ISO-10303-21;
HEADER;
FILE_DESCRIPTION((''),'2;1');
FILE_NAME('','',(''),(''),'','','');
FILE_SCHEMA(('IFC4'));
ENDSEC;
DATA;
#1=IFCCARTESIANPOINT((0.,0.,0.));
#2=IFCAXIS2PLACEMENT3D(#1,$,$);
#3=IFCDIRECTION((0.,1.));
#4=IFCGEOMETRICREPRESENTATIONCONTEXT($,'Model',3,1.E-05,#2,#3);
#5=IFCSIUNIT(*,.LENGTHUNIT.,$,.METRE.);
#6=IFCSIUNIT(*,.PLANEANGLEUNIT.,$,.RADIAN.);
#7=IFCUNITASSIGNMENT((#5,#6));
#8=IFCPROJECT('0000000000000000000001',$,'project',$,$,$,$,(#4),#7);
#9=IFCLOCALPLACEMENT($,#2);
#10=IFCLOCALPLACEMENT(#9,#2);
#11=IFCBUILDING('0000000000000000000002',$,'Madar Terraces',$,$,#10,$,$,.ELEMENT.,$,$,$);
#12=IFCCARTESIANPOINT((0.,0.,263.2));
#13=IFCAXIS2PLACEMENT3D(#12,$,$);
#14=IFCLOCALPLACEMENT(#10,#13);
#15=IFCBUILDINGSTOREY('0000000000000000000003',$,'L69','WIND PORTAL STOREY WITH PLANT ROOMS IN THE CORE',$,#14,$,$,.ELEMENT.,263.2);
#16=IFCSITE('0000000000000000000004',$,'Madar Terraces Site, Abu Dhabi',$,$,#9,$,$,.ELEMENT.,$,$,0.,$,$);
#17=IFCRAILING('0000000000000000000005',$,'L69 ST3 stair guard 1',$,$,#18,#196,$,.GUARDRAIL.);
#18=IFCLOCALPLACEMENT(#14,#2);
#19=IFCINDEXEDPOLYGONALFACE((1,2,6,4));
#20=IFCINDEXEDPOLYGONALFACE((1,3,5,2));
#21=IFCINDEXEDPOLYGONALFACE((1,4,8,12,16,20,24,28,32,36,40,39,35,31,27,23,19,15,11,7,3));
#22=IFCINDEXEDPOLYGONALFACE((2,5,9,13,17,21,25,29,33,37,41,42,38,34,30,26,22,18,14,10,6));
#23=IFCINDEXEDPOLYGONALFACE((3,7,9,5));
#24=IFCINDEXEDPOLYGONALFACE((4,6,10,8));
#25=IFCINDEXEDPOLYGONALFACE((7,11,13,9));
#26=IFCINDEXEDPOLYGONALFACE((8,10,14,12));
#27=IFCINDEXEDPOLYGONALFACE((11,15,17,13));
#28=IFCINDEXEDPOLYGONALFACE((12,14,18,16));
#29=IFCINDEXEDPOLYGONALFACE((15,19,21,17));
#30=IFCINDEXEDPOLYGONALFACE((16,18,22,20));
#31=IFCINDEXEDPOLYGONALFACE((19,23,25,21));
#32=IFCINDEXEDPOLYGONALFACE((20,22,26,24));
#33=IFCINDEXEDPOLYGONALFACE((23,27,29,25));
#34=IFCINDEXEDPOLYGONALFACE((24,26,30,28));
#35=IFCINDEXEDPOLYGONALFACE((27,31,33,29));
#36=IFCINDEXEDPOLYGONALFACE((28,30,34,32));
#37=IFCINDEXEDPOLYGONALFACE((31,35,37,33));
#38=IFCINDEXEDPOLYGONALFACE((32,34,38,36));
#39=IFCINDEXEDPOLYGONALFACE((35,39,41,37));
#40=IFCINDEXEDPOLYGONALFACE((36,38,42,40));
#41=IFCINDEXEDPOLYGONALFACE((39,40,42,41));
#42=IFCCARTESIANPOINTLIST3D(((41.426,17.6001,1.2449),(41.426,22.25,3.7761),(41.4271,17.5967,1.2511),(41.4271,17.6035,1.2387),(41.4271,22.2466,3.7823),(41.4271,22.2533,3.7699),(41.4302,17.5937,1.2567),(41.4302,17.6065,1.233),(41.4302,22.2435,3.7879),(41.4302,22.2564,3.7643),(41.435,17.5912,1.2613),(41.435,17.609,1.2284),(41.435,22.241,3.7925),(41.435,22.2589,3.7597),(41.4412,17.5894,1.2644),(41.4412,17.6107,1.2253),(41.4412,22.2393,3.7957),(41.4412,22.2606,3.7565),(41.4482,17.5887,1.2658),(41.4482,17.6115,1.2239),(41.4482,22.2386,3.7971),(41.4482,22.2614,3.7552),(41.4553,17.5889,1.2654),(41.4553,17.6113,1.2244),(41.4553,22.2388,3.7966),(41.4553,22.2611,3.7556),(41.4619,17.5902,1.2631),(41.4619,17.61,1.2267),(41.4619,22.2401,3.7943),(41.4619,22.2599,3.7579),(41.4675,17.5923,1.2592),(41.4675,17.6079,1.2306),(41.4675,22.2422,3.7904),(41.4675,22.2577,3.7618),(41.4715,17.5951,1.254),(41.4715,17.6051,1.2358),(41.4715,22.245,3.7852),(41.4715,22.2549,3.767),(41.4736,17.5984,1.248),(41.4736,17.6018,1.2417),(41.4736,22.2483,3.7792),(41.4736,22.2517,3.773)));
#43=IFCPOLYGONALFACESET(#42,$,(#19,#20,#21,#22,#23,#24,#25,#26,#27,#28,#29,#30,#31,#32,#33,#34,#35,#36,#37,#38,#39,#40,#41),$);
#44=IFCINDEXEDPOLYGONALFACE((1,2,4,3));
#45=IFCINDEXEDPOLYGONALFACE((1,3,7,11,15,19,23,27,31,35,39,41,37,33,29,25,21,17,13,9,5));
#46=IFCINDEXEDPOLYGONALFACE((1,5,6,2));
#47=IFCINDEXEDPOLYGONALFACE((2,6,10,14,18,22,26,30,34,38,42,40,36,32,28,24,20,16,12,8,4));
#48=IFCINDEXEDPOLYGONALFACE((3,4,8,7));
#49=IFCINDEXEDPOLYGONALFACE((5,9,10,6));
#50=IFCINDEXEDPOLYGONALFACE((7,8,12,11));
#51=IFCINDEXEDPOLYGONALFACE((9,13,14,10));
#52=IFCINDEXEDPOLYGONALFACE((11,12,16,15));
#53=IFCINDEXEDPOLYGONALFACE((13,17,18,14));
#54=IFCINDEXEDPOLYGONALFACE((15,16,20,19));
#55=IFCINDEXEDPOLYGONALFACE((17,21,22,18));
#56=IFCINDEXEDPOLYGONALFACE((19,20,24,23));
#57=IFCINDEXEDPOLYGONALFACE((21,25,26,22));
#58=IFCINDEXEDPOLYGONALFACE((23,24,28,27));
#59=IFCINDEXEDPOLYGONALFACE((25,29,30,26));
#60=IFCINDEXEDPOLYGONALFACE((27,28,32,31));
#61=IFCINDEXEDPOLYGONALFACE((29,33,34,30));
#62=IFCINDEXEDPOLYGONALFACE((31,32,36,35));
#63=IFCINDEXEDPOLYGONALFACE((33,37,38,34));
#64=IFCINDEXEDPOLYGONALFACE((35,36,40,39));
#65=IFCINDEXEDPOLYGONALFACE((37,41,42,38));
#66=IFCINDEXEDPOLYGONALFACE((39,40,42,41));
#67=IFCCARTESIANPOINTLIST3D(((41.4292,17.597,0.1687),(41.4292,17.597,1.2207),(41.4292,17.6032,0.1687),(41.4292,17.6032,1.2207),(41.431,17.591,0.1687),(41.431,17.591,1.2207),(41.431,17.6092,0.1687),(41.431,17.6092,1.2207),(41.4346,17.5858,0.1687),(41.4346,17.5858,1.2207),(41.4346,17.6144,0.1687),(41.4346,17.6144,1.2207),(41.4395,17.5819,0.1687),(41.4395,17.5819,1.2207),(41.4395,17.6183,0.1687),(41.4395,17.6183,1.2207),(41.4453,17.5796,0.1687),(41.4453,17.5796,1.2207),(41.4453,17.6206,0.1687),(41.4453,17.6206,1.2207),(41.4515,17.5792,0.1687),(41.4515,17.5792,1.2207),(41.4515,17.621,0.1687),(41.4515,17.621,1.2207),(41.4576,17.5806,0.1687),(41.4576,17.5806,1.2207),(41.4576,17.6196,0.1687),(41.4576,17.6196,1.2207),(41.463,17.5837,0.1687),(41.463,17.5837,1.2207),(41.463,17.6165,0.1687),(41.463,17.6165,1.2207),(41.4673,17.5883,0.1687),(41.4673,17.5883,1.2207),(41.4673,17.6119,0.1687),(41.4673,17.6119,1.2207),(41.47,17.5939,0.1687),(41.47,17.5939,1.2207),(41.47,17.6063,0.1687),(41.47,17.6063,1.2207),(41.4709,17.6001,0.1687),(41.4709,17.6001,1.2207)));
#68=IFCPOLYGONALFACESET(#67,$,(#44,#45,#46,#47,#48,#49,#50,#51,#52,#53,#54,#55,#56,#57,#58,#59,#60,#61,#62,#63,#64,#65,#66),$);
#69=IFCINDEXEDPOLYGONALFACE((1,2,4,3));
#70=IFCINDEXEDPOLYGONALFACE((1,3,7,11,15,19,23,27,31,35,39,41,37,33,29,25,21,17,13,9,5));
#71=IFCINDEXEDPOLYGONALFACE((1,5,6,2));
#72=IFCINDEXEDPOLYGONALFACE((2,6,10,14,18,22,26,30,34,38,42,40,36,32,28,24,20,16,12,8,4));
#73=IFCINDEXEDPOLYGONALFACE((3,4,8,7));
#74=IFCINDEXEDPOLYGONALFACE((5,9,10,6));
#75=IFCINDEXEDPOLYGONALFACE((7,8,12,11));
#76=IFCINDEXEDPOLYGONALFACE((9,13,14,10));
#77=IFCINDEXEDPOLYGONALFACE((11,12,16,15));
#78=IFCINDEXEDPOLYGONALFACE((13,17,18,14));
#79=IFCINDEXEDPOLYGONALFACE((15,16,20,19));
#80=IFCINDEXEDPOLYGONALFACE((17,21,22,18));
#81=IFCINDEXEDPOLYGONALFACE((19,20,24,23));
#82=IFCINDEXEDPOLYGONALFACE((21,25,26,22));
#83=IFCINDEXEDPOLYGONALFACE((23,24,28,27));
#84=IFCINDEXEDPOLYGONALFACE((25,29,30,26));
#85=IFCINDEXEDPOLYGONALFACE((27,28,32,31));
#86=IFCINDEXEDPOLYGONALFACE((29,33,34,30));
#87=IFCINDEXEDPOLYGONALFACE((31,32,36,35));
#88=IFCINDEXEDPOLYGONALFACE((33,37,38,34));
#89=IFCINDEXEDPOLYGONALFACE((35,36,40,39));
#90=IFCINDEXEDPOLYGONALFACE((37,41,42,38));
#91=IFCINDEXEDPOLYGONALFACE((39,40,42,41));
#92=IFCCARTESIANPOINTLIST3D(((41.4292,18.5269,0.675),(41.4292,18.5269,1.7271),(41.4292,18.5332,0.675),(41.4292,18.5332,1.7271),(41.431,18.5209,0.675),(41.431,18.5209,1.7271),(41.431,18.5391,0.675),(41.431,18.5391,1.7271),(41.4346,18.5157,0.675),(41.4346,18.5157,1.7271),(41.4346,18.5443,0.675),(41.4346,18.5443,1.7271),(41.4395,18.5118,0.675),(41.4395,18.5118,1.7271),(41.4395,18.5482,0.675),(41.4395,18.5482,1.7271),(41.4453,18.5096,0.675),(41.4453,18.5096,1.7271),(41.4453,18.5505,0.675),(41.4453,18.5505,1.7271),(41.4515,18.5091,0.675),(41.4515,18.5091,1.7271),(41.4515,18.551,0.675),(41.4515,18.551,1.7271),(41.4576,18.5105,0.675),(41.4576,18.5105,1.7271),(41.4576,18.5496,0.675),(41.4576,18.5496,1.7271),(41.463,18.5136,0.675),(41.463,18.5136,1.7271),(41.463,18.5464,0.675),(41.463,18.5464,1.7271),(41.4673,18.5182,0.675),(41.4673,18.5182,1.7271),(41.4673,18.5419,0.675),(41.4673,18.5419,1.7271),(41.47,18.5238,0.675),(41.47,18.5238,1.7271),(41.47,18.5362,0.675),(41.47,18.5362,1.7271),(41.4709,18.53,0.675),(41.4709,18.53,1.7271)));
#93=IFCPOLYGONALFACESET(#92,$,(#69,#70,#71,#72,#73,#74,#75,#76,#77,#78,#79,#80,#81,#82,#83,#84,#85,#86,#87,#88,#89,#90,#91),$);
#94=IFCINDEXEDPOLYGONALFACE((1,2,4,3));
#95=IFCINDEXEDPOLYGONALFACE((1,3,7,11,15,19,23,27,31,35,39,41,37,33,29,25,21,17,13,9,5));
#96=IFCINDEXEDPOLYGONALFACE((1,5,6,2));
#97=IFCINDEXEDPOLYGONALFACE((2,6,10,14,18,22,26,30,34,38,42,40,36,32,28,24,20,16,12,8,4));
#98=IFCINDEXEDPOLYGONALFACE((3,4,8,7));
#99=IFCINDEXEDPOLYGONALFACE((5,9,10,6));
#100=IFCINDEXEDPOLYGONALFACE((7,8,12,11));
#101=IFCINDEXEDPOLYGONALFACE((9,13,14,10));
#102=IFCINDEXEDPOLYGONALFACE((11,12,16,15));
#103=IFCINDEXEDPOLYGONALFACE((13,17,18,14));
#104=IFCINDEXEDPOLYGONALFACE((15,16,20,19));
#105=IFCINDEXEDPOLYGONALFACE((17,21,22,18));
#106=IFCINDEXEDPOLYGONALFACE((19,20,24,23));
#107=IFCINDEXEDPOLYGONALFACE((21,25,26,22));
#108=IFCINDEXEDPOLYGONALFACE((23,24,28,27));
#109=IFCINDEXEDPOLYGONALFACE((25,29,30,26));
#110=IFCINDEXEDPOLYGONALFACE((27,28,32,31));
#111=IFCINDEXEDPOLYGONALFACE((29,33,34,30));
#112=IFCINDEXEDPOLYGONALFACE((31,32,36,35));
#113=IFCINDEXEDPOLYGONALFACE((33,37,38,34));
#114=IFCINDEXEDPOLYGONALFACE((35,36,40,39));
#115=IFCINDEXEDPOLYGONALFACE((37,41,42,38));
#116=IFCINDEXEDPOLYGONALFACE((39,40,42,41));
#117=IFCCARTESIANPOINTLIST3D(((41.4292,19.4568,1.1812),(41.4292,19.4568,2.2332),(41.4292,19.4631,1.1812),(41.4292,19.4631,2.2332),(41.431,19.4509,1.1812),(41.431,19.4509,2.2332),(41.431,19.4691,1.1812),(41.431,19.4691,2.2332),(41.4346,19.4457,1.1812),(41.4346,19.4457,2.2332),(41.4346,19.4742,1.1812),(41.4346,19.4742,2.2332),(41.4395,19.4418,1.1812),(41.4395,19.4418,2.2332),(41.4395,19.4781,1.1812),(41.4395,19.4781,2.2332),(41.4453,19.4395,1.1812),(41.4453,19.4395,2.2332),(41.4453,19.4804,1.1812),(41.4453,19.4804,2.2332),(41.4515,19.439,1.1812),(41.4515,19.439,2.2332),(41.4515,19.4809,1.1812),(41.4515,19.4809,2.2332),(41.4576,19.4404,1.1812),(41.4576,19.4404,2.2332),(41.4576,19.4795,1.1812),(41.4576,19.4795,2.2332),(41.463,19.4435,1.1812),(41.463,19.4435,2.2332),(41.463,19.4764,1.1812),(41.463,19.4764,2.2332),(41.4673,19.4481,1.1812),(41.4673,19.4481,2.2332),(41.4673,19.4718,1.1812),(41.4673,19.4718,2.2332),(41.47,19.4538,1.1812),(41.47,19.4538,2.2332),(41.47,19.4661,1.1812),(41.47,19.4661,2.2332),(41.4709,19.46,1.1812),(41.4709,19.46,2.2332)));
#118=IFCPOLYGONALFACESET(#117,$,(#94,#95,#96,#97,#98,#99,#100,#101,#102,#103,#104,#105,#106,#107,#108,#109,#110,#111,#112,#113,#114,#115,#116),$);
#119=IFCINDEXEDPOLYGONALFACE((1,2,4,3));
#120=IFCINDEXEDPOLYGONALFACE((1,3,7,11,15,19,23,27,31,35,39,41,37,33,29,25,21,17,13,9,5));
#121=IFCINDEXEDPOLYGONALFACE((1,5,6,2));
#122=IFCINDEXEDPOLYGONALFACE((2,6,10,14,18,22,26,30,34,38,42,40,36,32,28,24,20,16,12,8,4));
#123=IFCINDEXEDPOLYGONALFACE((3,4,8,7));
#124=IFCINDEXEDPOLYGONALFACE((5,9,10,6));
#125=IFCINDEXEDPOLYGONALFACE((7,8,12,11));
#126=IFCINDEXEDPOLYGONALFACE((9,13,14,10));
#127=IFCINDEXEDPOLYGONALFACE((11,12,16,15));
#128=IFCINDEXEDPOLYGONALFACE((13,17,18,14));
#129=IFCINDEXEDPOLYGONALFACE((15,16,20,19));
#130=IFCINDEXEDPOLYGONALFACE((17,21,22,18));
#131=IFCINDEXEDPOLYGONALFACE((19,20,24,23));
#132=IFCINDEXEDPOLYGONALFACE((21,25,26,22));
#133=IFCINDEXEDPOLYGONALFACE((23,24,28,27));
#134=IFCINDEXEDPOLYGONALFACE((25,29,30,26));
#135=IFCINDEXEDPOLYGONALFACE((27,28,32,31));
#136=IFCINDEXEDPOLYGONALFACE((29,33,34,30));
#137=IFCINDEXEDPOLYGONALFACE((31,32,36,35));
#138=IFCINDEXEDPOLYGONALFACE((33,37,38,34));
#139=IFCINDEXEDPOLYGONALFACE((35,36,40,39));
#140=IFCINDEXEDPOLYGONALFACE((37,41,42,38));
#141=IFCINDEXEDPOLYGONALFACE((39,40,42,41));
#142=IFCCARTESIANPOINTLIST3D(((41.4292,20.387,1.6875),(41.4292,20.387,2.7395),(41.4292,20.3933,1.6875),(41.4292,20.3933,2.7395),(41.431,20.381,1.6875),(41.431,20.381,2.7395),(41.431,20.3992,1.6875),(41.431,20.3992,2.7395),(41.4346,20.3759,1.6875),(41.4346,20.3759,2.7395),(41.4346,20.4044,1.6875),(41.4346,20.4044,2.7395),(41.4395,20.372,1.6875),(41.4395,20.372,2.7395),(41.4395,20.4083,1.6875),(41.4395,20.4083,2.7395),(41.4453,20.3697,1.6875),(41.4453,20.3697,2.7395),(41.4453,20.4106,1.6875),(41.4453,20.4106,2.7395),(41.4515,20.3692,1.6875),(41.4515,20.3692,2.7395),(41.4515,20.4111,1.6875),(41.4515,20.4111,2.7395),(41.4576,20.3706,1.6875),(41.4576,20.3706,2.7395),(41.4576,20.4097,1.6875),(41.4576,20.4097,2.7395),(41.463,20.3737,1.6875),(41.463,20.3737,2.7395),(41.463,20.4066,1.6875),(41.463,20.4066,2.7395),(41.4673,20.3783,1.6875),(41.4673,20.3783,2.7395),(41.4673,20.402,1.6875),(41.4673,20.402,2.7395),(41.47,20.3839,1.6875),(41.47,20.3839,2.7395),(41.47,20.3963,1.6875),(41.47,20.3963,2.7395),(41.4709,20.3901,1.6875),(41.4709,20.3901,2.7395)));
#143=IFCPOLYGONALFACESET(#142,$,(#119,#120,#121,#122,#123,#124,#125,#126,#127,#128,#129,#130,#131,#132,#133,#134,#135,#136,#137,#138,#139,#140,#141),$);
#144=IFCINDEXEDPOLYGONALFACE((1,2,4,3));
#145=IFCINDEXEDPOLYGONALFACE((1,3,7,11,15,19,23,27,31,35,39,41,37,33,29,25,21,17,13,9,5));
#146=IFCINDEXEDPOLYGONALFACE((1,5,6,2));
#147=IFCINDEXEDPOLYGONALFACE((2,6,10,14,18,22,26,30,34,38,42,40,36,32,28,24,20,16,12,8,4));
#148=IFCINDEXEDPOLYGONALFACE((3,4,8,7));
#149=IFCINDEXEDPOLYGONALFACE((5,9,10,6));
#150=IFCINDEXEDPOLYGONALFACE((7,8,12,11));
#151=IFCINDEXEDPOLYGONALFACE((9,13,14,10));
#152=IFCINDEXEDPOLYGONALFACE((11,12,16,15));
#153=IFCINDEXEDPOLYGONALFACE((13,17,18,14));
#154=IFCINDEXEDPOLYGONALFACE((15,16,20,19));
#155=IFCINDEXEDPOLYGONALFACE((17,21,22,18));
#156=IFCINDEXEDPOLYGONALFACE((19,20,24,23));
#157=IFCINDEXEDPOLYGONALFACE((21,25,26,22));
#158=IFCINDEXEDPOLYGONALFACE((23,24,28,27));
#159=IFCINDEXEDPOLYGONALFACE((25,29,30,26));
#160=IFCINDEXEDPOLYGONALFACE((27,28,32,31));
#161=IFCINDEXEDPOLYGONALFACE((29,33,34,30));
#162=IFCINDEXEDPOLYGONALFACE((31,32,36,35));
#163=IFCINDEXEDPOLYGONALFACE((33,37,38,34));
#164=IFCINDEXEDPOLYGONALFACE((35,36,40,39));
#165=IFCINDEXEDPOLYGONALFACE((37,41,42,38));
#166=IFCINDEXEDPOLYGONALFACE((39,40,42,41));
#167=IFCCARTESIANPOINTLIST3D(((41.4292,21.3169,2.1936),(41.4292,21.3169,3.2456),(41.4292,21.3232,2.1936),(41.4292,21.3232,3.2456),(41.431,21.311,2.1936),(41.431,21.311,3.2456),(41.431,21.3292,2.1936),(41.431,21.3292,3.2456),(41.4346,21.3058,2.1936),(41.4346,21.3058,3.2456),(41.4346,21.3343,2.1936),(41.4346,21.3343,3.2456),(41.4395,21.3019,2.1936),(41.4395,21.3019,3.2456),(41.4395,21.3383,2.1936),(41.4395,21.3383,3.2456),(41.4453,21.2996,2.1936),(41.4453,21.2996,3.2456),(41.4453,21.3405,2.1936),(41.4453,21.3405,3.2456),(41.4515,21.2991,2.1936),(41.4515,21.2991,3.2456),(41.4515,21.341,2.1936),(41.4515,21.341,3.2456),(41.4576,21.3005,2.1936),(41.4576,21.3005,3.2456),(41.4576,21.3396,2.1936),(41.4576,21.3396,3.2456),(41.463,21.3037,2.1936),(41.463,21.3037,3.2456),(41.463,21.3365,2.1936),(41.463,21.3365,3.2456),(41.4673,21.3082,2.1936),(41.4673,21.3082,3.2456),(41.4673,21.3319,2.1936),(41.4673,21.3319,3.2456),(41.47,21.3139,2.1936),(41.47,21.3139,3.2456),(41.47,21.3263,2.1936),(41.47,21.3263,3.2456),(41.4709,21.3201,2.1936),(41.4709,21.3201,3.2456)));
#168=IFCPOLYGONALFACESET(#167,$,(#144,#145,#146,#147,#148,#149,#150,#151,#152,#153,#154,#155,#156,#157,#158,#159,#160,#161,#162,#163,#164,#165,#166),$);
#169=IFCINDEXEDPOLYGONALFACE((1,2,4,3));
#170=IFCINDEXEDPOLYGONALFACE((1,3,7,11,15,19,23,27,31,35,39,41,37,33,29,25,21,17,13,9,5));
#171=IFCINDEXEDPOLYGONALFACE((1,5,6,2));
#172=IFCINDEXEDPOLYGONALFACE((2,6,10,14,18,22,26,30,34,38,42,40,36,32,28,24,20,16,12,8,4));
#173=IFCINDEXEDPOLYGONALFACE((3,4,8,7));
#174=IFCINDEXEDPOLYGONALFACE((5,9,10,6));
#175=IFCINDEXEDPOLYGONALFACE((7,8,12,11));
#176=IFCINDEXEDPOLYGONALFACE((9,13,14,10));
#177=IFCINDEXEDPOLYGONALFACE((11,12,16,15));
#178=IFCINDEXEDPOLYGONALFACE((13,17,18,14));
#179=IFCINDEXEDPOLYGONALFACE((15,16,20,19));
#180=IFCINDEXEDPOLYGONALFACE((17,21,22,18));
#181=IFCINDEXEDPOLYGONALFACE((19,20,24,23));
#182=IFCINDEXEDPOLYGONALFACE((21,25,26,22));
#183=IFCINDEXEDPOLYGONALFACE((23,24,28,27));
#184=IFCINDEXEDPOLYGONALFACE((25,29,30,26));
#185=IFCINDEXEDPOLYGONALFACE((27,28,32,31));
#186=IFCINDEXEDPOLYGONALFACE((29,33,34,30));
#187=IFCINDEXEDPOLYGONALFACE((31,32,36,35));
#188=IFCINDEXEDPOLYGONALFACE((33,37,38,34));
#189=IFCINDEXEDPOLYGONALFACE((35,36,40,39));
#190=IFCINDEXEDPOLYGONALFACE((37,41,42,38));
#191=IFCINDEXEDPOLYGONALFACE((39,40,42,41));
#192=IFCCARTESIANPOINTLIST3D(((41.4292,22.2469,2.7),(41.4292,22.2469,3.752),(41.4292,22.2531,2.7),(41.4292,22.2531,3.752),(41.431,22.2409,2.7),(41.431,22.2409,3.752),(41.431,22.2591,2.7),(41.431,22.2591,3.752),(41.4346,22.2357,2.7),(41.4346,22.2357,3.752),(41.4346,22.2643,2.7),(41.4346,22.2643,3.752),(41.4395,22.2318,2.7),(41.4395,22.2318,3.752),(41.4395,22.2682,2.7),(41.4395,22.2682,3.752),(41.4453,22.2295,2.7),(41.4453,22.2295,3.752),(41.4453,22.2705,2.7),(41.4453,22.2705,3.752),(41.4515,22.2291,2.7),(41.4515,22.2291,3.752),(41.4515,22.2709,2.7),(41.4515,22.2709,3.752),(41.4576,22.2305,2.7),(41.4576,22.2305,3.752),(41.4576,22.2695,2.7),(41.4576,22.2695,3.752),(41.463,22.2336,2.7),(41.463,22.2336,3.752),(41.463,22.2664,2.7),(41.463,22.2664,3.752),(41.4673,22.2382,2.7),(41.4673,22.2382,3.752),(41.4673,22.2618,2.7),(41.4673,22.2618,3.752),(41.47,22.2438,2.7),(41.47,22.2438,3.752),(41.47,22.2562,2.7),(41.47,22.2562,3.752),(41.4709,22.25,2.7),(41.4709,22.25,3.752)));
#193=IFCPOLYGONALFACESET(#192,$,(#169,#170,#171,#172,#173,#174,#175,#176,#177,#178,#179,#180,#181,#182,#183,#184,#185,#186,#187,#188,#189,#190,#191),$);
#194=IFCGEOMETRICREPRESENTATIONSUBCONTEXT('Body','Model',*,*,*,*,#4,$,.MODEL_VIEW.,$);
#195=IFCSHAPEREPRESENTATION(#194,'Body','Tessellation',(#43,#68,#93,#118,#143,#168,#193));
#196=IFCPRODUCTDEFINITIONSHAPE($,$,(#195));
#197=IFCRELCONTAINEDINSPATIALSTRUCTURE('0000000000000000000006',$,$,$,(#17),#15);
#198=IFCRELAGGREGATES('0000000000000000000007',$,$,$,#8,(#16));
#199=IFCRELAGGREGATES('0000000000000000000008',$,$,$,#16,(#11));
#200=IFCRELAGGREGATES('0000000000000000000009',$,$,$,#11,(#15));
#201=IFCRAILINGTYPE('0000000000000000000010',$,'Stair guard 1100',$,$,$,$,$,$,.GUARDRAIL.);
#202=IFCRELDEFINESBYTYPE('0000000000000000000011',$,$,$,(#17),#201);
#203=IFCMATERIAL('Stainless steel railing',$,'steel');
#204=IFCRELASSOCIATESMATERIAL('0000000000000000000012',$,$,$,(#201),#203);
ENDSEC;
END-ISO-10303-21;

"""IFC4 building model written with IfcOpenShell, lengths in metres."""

from ifc_helpers import new_model, si_unit, direction, frame, origin, origin_2d, place, context, subcontext, project, spatial, circle, extrude, material, type_object, element, save


model = new_model("IFC4")

# Units and contexts
model_context = context("Model", 3, precision=1e-05, world=origin(), true_north=direction((0.0, 1.0)))
body_context = subcontext(model_context, "Body", "Model", "MODEL_VIEW")
ifc_project = project(units=[si_unit("LENGTHUNIT", "METRE"), si_unit("PLANEANGLEUNIT", "RADIAN")], contexts=[model_context])

# Site, building, storey
site_placement = place(None, origin())
site = spatial("IfcSite", under=ifc_project, at=site_placement, Name="Madar Terraces Site, Abu Dhabi", CompositionType="ELEMENT", RefElevation=0.0)
building_placement = place(site_placement, origin())
building = spatial("IfcBuilding", under=site, at=building_placement, Name="Madar Terraces", CompositionType="ELEMENT")
storey_placement = place(building_placement, frame((0.0, 0.0, 263.2)))
storey = spatial("IfcBuildingStorey", under=building, at=storey_placement, Name="L69", Description="WIND PORTAL STOREY WITH PLANT ROOMS IN THE CORE", CompositionType="ELEMENT", Elevation=263.2)

# Railing
ifc_material_1 = material(Name="Stainless steel railing", Category="steel")
railing_type_1 = type_object("IfcRailingType", Name="Stair guard 1100", PredefinedType="GUARDRAIL", material=ifc_material_1)
railing_1_placement = place(storey_placement, frame((41.45, 17.6001, 0.1687)))
element("IfcRailing", 1, at=railing_1_placement, inside=storey, type_object=railing_type_1, Name="L69 ST3 stair guard 1", PredefinedType="GUARDRAIL", context=body_context, shape_type="SweptSolid", body=[
    extrude(circle(Radius=0.0239, at=origin_2d()), frame((0.0, 0.0, 1.0762), z_axis=(0.0, 0.878297, 0.478115), x_axis=(-1.0, 0.0, 0.0)), (0.0, 0.0, 1.0), 5.2942),
    extrude(circle(Radius=0.021, at=origin_2d()), origin(), (0.0, 0.0, 1.0), 1.052),
    extrude(circle(Radius=0.021, at=origin_2d()), frame((0.0, 0.9299, 0.5063)), (0.0, 0.0, 1.0), 1.052),
    extrude(circle(Radius=0.021, at=origin_2d()), frame((0.0, 1.8599, 1.0125)), (0.0, 0.0, 1.0), 1.052),
    extrude(circle(Radius=0.021, at=origin_2d()), frame((0.0, 2.79, 1.5188)), (0.0, 0.0, 1.0), 1.052),
    extrude(circle(Radius=0.021, at=origin_2d()), frame((0.0, 3.72, 2.0249)), (0.0, 0.0, 1.0), 1.052),
    extrude(circle(Radius=0.021, at=origin_2d()), frame((0.0, 4.6499, 2.5312)), (0.0, 0.0, 1.0), 1.052),
])

save(model, "model.ifc")
